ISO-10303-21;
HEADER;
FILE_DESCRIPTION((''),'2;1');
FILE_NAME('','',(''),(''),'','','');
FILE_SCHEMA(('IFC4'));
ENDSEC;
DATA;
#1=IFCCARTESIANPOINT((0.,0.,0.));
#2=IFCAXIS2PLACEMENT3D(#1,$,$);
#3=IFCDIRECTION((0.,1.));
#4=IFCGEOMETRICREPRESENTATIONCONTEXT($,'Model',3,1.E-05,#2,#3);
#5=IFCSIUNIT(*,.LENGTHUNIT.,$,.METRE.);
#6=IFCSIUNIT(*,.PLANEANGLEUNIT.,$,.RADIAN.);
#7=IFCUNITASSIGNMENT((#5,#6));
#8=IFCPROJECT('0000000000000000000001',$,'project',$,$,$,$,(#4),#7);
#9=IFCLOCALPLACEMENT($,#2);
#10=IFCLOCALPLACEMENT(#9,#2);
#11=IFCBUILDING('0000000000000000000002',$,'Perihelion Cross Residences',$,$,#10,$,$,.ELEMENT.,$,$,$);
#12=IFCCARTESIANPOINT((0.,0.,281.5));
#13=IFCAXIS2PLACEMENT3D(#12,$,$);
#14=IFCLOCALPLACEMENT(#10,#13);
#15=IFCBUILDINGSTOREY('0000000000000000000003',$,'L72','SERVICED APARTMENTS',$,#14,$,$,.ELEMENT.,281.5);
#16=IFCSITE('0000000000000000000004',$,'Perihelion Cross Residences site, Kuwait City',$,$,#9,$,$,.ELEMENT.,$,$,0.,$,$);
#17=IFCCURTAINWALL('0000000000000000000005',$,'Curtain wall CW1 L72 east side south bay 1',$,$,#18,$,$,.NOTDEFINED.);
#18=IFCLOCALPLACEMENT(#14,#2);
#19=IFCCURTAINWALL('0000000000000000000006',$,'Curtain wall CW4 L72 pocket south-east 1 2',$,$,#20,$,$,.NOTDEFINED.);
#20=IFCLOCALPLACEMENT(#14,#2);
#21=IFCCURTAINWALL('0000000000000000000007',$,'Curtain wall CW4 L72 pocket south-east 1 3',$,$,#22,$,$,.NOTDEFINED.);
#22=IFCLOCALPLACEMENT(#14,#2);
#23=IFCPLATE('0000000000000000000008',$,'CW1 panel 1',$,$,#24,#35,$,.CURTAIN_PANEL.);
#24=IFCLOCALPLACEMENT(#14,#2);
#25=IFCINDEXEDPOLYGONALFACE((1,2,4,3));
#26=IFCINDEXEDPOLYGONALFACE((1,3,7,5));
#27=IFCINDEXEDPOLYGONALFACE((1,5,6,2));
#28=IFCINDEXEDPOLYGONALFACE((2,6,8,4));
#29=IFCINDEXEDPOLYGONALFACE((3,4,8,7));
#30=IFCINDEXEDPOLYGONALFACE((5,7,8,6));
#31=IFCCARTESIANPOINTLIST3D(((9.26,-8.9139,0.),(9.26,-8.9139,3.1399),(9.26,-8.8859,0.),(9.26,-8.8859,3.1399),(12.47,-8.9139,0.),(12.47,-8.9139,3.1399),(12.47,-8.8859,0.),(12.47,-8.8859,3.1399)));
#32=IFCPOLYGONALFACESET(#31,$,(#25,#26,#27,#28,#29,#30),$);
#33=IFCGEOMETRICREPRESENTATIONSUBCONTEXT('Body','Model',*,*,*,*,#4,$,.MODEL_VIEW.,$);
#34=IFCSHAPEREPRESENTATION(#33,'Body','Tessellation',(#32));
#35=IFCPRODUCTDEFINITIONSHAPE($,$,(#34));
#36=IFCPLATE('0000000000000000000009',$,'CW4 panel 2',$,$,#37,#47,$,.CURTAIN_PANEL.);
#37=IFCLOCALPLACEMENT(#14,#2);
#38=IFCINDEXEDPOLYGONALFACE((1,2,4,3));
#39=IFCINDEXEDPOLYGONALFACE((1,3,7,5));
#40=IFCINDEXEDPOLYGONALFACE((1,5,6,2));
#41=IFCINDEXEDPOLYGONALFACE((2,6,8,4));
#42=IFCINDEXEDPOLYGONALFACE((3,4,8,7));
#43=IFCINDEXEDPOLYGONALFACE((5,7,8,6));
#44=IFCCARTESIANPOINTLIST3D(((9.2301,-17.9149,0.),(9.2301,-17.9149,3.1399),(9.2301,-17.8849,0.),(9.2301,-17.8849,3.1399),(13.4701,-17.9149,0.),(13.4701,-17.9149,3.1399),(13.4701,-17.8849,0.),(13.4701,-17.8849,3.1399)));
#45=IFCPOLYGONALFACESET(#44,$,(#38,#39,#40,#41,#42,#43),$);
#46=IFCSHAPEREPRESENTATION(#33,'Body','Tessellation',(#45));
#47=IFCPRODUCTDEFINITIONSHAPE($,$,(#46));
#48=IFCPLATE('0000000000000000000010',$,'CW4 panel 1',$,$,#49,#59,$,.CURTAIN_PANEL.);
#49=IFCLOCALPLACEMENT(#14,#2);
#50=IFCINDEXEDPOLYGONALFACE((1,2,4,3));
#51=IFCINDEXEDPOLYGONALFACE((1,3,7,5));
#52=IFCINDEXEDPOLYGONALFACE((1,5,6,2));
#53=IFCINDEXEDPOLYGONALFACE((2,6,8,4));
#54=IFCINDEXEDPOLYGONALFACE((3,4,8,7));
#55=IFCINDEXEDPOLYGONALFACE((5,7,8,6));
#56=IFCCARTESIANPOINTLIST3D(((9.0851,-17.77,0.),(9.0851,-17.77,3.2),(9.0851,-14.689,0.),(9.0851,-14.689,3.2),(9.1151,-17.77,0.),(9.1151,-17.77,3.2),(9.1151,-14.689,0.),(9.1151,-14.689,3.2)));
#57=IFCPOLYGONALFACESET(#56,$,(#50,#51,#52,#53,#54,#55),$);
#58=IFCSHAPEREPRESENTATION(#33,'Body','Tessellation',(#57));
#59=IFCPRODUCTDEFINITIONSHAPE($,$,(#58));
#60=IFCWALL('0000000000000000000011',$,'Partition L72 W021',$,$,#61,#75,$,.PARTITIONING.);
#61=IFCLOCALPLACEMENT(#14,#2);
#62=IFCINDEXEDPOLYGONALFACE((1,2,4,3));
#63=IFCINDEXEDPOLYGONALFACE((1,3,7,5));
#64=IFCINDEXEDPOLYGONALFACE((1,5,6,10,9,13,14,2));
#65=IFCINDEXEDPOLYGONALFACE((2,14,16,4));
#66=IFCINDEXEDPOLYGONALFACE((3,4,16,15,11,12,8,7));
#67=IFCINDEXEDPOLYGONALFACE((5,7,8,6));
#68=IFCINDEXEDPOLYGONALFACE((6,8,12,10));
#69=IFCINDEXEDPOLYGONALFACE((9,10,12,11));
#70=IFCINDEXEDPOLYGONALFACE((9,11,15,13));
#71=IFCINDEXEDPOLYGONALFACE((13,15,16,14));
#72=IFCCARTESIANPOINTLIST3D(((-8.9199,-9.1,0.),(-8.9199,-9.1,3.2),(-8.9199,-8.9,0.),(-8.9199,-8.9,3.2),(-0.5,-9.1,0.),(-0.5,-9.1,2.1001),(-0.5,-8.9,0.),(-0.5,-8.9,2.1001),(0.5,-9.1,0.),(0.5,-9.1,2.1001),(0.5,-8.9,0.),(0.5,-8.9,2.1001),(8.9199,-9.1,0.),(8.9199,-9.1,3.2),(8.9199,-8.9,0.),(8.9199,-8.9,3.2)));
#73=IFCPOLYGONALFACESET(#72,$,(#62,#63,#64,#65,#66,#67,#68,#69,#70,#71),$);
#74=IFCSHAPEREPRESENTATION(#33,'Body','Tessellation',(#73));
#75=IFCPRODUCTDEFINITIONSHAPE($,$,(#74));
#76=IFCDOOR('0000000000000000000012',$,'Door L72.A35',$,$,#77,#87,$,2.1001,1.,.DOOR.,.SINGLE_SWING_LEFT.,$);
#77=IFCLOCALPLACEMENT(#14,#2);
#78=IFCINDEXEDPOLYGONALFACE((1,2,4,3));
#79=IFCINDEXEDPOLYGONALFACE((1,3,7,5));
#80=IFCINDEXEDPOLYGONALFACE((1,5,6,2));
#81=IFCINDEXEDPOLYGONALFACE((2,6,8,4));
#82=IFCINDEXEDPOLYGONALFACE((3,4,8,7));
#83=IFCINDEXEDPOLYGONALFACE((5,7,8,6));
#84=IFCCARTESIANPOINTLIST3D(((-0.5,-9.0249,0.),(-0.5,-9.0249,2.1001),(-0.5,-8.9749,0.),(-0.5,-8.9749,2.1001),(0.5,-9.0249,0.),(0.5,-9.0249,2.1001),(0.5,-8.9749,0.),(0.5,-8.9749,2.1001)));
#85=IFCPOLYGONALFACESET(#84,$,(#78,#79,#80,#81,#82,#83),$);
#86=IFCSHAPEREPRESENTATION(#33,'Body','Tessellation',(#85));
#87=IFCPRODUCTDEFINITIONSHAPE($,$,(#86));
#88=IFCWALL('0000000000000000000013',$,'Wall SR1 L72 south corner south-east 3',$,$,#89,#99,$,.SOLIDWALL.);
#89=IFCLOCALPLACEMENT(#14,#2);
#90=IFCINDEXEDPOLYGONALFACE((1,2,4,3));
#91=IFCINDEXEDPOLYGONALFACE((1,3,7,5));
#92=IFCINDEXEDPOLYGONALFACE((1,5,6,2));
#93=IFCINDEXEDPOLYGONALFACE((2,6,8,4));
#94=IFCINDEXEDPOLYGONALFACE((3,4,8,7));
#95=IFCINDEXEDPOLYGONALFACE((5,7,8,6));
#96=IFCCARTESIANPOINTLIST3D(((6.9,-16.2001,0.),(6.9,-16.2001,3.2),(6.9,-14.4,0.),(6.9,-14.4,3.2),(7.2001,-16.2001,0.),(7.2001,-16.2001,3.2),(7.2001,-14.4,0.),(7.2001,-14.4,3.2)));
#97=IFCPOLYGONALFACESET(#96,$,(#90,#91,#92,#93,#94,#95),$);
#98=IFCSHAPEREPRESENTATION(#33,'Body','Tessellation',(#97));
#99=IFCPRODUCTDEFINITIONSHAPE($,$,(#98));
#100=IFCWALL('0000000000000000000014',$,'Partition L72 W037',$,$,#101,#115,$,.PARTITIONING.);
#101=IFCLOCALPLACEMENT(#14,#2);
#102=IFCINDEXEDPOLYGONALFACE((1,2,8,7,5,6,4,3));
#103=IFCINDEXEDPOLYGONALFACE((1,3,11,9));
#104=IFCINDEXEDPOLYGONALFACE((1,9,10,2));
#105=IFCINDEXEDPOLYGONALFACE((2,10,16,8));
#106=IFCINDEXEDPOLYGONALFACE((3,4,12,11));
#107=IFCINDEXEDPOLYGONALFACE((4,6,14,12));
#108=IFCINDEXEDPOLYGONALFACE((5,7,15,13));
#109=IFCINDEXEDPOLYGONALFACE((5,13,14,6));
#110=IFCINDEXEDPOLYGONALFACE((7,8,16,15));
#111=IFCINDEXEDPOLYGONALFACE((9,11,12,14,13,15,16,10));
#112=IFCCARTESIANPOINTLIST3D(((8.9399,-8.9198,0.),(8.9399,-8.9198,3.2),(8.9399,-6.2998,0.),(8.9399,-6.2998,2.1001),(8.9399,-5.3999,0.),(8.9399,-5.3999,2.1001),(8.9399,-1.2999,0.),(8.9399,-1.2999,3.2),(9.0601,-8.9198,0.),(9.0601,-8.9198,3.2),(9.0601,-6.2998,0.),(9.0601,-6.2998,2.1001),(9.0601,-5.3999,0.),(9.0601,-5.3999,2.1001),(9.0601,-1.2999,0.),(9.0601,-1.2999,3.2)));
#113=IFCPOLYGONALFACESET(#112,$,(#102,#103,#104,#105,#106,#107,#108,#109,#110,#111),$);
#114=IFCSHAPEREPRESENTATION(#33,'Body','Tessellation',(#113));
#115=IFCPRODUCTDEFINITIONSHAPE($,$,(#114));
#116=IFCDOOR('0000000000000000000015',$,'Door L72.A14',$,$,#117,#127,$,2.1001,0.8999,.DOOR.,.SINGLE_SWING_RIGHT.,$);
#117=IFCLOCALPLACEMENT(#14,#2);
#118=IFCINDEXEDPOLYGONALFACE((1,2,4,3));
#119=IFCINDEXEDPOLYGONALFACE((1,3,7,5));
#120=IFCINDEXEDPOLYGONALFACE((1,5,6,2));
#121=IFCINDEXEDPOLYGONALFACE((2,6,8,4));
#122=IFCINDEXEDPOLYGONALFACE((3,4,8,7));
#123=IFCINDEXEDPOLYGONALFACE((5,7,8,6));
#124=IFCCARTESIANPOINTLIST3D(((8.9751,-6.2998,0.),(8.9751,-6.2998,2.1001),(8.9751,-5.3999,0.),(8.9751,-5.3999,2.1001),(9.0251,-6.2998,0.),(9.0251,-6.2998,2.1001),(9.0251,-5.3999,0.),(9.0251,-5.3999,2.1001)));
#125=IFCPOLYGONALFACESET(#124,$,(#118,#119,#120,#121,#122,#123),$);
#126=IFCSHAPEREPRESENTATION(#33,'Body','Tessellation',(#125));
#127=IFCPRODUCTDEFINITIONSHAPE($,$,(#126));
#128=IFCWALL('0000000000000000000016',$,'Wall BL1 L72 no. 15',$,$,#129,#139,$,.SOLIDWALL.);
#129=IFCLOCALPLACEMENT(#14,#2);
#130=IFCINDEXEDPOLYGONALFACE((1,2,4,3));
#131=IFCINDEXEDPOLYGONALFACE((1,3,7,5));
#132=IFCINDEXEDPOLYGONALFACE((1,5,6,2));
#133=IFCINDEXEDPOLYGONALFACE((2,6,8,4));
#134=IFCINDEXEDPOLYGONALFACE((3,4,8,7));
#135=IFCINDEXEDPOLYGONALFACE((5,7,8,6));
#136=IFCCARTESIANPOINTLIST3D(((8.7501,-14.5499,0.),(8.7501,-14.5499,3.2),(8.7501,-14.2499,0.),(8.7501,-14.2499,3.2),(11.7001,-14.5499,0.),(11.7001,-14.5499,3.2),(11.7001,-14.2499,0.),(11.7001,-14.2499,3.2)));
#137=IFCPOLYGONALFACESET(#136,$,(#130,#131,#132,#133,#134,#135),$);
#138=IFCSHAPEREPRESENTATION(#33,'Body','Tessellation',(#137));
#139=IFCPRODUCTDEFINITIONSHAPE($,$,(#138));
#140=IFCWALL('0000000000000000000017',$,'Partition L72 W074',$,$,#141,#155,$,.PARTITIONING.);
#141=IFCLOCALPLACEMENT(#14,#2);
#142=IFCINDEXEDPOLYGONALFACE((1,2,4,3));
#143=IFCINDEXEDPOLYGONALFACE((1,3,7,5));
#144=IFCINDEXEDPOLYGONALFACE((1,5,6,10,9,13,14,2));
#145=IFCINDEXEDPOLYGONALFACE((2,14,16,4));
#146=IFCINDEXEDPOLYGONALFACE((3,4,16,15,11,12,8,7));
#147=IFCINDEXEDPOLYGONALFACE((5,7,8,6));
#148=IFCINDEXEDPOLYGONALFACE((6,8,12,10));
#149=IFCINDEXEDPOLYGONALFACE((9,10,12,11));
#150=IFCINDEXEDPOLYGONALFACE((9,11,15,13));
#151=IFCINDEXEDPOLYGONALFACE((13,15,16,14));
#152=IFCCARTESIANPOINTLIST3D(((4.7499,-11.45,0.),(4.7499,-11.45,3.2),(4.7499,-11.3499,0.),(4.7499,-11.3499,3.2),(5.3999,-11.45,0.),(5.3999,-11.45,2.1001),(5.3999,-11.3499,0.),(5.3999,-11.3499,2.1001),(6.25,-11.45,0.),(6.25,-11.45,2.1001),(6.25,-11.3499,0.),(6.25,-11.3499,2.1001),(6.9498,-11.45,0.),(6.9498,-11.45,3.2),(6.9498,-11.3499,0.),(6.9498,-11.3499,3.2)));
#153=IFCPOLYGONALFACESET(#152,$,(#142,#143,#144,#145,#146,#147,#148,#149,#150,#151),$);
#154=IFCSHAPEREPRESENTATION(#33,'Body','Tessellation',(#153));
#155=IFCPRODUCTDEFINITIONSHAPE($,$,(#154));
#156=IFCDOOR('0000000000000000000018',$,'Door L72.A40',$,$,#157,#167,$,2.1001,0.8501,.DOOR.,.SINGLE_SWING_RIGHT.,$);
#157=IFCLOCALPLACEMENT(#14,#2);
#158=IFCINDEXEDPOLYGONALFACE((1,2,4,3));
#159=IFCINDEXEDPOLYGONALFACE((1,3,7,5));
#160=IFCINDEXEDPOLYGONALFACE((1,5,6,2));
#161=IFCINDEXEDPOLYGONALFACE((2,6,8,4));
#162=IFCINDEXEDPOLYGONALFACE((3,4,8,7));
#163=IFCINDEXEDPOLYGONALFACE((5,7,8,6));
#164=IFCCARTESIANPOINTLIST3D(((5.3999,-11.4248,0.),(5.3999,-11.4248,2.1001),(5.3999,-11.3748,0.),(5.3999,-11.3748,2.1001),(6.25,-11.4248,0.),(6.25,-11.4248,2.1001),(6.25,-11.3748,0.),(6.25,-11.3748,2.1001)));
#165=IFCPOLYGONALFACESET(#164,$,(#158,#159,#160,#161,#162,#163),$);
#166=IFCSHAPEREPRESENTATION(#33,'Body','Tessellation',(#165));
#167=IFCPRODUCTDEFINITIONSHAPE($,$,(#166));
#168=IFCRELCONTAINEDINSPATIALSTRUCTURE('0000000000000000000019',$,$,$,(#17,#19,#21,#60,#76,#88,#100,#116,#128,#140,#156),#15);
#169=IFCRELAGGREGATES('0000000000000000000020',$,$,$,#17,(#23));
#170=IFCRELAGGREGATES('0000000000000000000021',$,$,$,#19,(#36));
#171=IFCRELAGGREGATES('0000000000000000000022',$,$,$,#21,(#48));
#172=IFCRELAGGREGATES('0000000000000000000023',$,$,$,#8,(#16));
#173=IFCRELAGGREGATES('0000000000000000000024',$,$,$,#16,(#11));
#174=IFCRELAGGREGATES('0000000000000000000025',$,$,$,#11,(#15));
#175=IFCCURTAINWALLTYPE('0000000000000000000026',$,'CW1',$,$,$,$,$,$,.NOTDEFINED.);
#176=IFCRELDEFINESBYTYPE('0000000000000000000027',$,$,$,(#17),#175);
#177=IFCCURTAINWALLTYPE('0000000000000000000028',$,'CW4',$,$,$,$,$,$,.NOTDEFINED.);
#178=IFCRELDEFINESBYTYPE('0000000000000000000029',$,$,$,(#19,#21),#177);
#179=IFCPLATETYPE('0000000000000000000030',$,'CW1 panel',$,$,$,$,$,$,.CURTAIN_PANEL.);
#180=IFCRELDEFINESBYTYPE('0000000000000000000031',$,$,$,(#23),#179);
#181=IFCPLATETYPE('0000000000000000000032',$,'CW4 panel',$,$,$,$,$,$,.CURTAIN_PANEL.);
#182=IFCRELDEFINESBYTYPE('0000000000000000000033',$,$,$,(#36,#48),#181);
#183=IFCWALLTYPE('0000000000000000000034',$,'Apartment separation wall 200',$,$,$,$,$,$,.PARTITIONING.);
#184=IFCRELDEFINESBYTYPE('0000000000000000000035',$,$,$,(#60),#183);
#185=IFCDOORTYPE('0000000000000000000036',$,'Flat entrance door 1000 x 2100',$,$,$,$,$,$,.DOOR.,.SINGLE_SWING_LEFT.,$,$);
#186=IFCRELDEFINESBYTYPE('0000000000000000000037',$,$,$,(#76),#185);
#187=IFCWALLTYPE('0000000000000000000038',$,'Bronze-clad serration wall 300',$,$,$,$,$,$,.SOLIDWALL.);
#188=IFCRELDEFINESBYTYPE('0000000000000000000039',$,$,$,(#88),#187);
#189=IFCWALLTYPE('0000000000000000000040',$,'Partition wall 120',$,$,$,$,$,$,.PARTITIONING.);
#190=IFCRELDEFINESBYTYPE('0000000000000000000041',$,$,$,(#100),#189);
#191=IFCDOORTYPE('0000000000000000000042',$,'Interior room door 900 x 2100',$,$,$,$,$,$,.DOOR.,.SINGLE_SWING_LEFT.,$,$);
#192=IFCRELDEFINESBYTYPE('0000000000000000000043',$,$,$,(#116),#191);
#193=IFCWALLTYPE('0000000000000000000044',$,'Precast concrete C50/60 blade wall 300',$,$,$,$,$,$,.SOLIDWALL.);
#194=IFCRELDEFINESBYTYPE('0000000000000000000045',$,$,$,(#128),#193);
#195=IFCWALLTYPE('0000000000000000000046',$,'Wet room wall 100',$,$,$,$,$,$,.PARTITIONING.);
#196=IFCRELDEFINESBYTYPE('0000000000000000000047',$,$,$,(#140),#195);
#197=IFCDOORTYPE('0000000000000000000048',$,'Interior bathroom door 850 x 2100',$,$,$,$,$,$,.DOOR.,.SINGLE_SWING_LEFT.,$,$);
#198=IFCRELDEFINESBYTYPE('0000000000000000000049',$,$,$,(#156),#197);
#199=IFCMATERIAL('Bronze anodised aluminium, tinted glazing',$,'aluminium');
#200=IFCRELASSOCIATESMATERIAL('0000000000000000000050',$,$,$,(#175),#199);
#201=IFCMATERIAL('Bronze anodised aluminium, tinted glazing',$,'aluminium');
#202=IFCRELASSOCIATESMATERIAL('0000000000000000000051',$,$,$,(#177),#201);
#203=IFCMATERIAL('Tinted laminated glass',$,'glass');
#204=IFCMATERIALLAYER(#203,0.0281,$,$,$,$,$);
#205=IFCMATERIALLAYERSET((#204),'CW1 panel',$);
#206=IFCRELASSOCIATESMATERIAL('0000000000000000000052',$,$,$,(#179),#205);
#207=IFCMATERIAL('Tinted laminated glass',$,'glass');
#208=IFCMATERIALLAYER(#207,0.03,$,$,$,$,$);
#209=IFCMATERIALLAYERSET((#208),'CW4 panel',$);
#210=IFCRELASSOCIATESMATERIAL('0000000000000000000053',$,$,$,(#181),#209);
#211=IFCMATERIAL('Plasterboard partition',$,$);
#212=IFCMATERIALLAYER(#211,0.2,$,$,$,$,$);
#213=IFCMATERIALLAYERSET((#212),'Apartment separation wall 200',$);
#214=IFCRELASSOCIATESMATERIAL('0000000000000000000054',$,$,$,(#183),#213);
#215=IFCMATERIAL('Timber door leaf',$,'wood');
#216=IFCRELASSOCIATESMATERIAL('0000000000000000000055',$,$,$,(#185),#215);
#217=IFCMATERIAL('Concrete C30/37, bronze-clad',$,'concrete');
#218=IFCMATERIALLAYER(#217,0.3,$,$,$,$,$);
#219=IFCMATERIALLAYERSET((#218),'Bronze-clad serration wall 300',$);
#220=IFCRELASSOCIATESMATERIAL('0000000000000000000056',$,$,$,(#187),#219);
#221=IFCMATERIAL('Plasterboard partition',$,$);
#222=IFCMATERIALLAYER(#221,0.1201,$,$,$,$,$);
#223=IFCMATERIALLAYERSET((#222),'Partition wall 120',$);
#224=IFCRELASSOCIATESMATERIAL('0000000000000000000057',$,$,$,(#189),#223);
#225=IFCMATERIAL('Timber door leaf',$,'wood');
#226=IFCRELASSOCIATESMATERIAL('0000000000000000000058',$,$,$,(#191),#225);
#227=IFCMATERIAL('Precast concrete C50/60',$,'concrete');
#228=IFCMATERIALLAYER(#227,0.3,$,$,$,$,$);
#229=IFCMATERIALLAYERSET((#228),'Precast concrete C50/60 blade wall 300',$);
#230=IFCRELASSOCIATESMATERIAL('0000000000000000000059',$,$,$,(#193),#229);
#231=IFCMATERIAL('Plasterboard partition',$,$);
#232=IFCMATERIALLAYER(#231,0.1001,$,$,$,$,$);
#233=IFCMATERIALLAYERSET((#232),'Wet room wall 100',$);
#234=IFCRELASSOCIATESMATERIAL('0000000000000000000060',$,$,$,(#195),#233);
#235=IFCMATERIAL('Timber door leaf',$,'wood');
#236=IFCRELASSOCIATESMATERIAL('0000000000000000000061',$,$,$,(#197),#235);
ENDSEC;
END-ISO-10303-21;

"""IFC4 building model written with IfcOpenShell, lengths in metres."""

from ifc_helpers import new_model, si_unit, direction, frame, frame_2d, origin, origin_2d, place, context, subcontext, project, spatial, rectangle, extrude, material, layer, layer_set, type_object, element, fill, aggregate, save


model = new_model("IFC4")

# Units and contexts
model_context = context("Model", 3, precision=1e-05, world=origin(), true_north=direction((0.0, 1.0)))
body_context = subcontext(model_context, "Body", "Model", "MODEL_VIEW")
ifc_project = project(units=[si_unit("LENGTHUNIT", "METRE"), si_unit("PLANEANGLEUNIT", "RADIAN")], contexts=[model_context])

# Site, building, storey
site_placement = place(None, origin())
site = spatial("IfcSite", under=ifc_project, at=site_placement, Name="Perihelion Cross Residences site, Kuwait City", CompositionType="ELEMENT", RefElevation=0.0)
building_placement = place(site_placement, origin())
building = spatial("IfcBuilding", under=site, at=building_placement, Name="Perihelion Cross Residences", CompositionType="ELEMENT")
storey_placement = place(building_placement, frame((0.0, 0.0, 281.5)))
storey = spatial("IfcBuildingStorey", under=building, at=storey_placement, Name="L72", Description="SERVICED APARTMENTS", CompositionType="ELEMENT", Elevation=281.5)

# Shared definitions
ifc_material_1 = material(Name="Bronze anodised aluminium, tinted glazing", Category="aluminium")
curtain_wall_type_1 = type_object("IfcCurtainWallType", Name="CW1", PredefinedType="NOTDEFINED", material=ifc_material_1)

# Curtain walls
curtain_wall_1_placement = place(storey_placement, origin())
curtain_wall_1 = element("IfcCurtainWall", 1, at=curtain_wall_1_placement, inside=storey, type_object=curtain_wall_type_1, Name="Curtain wall CW1 L72 east side south bay 1", PredefinedType="NOTDEFINED")
ifc_material_2 = material(Name="Bronze anodised aluminium, tinted glazing", Category="aluminium")
curtain_wall_type_2 = type_object("IfcCurtainWallType", Name="CW4", PredefinedType="NOTDEFINED", material=ifc_material_2)
curtain_wall_2_placement = place(storey_placement, origin())
curtain_wall_2 = element("IfcCurtainWall", 2, at=curtain_wall_2_placement, inside=storey, type_object=curtain_wall_type_2, Name="Curtain wall CW4 L72 pocket south-east 1 2", PredefinedType="NOTDEFINED")
curtain_wall_3_placement = place(storey_placement, origin())
curtain_wall_3 = element("IfcCurtainWall", 3, at=curtain_wall_3_placement, inside=storey, type_object=curtain_wall_type_2, Name="Curtain wall CW4 L72 pocket south-east 1 3", PredefinedType="NOTDEFINED")

# Plates
ifc_material_3 = material(Name="Tinted laminated glass", Category="glass")
ifc_layer_1 = layer(ifc_material_3, 0.0281)
ifc_layer_set_1 = layer_set([ifc_layer_1], Name="CW1 panel")
plate_type_1 = type_object("IfcPlateType", Name="CW1 panel", PredefinedType="CURTAIN_PANEL", material=ifc_layer_set_1)
plate_1_placement = place(storey_placement, frame((10.865, -8.8999, 0.0), z_axis=(0.0, 0.0, 1.0), x_axis=(1.0, 0.0, 0.0)))
plate_1 = element("IfcPlate", 4, at=plate_1_placement, type_object=plate_type_1, Name="CW1 panel 1", PredefinedType="CURTAIN_PANEL", context=body_context, shape_type="SweptSolid", body=[
    extrude(rectangle(XDim=3.21, YDim=0.0281, at=origin_2d()), origin(), (0.0, 0.0, 1.0), 3.1399),
])
aggregate(curtain_wall_1, [plate_1])
ifc_material_4 = material(Name="Tinted laminated glass", Category="glass")
ifc_layer_2 = layer(ifc_material_4, 0.03)
ifc_layer_set_2 = layer_set([ifc_layer_2], Name="CW4 panel")
plate_type_2 = type_object("IfcPlateType", Name="CW4 panel", PredefinedType="CURTAIN_PANEL", material=ifc_layer_set_2)
plate_2_placement = place(storey_placement, frame((11.3501, -17.8999, 0.0), z_axis=(0.0, 0.0, 1.0), x_axis=(-1.0, 0.0, 0.0)))
plate_2 = element("IfcPlate", 5, at=plate_2_placement, type_object=plate_type_2, Name="CW4 panel 2", PredefinedType="CURTAIN_PANEL", context=body_context, shape_type="SweptSolid", body=[
    extrude(rectangle(XDim=4.24, YDim=0.03, at=origin_2d()), origin(), (0.0, 0.0, 1.0), 3.1399),
])
aggregate(curtain_wall_2, [plate_2])
plate_3_placement = place(storey_placement, frame((9.1001, -16.2295, 0.0), z_axis=(0.0, 0.0, 1.0), x_axis=(0.0, 1.0, 0.0)))
plate_3 = element("IfcPlate", 6, at=plate_3_placement, type_object=plate_type_2, Name="CW4 panel 1", PredefinedType="CURTAIN_PANEL", context=body_context, shape_type="SweptSolid", body=[
    extrude(rectangle(XDim=3.0811, YDim=0.03, at=origin_2d()), origin(), (0.0, 0.0, 1.0), 3.2),
])
aggregate(curtain_wall_3, [plate_3])

# Wall, opening, door
ifc_material_5 = material(Name="Plasterboard partition")
ifc_layer_3 = layer(ifc_material_5, 0.2)
ifc_layer_set_3 = layer_set([ifc_layer_3], Name="Apartment separation wall 200")
wall_type_1 = type_object("IfcWallType", Name="Apartment separation wall 200", PredefinedType="PARTITIONING", material=ifc_layer_set_3)
wall_1_placement = place(storey_placement, frame((8.9199, -9.0, 0.0), z_axis=(0.0, 0.0, 1.0), x_axis=(-1.0, 0.0, 0.0)))
wall_1 = element("IfcWall", 7, at=wall_1_placement, inside=storey, type_object=wall_type_1, Name="Partition L72 W021", PredefinedType="PARTITIONING", context=body_context, shape_type="SweptSolid", body=[
    extrude(rectangle(XDim=17.8398, YDim=0.2, at=frame_2d((8.9199, 0.0))), origin(), (0.0, 0.0, 1.0), 3.2),
])
opening_1_placement = place(wall_1_placement, frame((8.4199, 0.0, 0.0)))
opening_1 = element("IfcOpeningElement", 8, at=opening_1_placement, cuts=wall_1, PredefinedType="OPENING", context=body_context, shape_type="SweptSolid", body=[
    extrude(rectangle(XDim=1.0, YDim=2.1001, at=frame_2d((0.5, 1.05))), frame((0.0, 0.1099, 0.0), z_axis=(0.0, -1.0, 0.0), x_axis=(1.0, 0.0, 0.0)), (0.0, 0.0, 1.0), 0.22),
])
ifc_material_6 = material(Name="Timber door leaf", Category="wood")
door_type_1 = type_object("IfcDoorType", Name="Flat entrance door 1000 x 2100", OperationType="SINGLE_SWING_LEFT", PredefinedType="DOOR", material=ifc_material_6)
door_1_placement = place(opening_1_placement, origin())
door_1 = element("IfcDoor", 9, at=door_1_placement, inside=storey, type_object=door_type_1, Name="Door L72.A35", OperationType="SINGLE_SWING_LEFT", OverallHeight=2.1001, OverallWidth=1.0, PredefinedType="DOOR", context=body_context, shape_type="SweptSolid", body=[
    extrude(rectangle(XDim=1.0, YDim=2.1001, at=frame_2d((0.5, 1.05))), frame((0.0, 0.0249, 0.0), z_axis=(0.0, -1.0, 0.0), x_axis=(1.0, 0.0, 0.0)), (0.0, 0.0, 1.0), 0.05),
])
fill(opening_1, door_1)

# Wall
ifc_material_7 = material(Name="Concrete C30/37, bronze-clad", Category="concrete")
ifc_layer_4 = layer(ifc_material_7, 0.3)
ifc_layer_set_4 = layer_set([ifc_layer_4], Name="Bronze-clad serration wall 300")
wall_type_2 = type_object("IfcWallType", Name="Bronze-clad serration wall 300", PredefinedType="SOLIDWALL", material=ifc_layer_set_4)
wall_2_placement = place(storey_placement, frame((7.05, -16.2, 0.0), z_axis=(0.0, 0.0, 1.0), x_axis=(0.0, 1.0, 0.0)))
element("IfcWall", 10, at=wall_2_placement, inside=storey, type_object=wall_type_2, Name="Wall SR1 L72 south corner south-east 3", PredefinedType="SOLIDWALL", context=body_context, shape_type="SweptSolid", body=[
    extrude(rectangle(XDim=1.8, YDim=0.3, at=frame_2d((0.8999, 0.0))), origin(), (0.0, 0.0, 1.0), 3.2),
])

# Wall, opening, door
ifc_material_8 = material(Name="Plasterboard partition")
ifc_layer_5 = layer(ifc_material_8, 0.1201)
ifc_layer_set_5 = layer_set([ifc_layer_5], Name="Partition wall 120")
wall_type_3 = type_object("IfcWallType", Name="Partition wall 120", PredefinedType="PARTITIONING", material=ifc_layer_set_5)
wall_3_placement = place(storey_placement, frame((9.0, -8.9199, 0.0), z_axis=(0.0, 0.0, 1.0), x_axis=(0.0, 1.0, 0.0)))
wall_3 = element("IfcWall", 11, at=wall_3_placement, inside=storey, type_object=wall_type_3, Name="Partition L72 W037", PredefinedType="PARTITIONING", context=body_context, shape_type="SweptSolid", body=[
    extrude(rectangle(XDim=7.6199, YDim=0.1201, at=frame_2d((3.8101, 0.0))), origin(), (0.0, 0.0, 1.0), 3.2),
])
opening_2_placement = place(wall_3_placement, frame((2.6201, 0.0, 0.0)))
opening_2 = element("IfcOpeningElement", 12, at=opening_2_placement, cuts=wall_3, PredefinedType="OPENING", context=body_context, shape_type="SweptSolid", body=[
    extrude(rectangle(XDim=0.8999, YDim=2.1001, at=frame_2d((0.45, 1.05))), frame((0.0, 0.0701, 0.0), z_axis=(0.0, -1.0, 0.0), x_axis=(1.0, 0.0, 0.0)), (0.0, 0.0, 1.0), 0.1401),
])
ifc_material_9 = material(Name="Timber door leaf", Category="wood")
door_type_2 = type_object("IfcDoorType", Name="Interior room door 900 x 2100", OperationType="SINGLE_SWING_LEFT", PredefinedType="DOOR", material=ifc_material_9)
door_2_placement = place(opening_2_placement, origin())
door_2 = element("IfcDoor", 13, at=door_2_placement, inside=storey, type_object=door_type_2, Name="Door L72.A14", OperationType="SINGLE_SWING_RIGHT", OverallHeight=2.1001, OverallWidth=0.8999, PredefinedType="DOOR", context=body_context, shape_type="SweptSolid", body=[
    extrude(rectangle(XDim=0.8999, YDim=2.1001, at=frame_2d((0.45, 1.05))), frame((0.0, 0.0249, 0.0), z_axis=(0.0, -1.0, 0.0), x_axis=(1.0, 0.0, 0.0)), (0.0, 0.0, 1.0), 0.05),
])
fill(opening_2, door_2)

# Wall
ifc_material_10 = material(Name="Precast concrete C50/60", Category="concrete")
ifc_layer_6 = layer(ifc_material_10, 0.3)
ifc_layer_set_6 = layer_set([ifc_layer_6], Name="Precast concrete C50/60 blade wall 300")
wall_type_4 = type_object("IfcWallType", Name="Precast concrete C50/60 blade wall 300", PredefinedType="SOLIDWALL", material=ifc_layer_set_6)
wall_4_placement = place(storey_placement, frame((8.75, -14.3999, 0.0), z_axis=(0.0, 0.0, 1.0), x_axis=(1.0, 0.0, 0.0)))
element("IfcWall", 14, at=wall_4_placement, inside=storey, type_object=wall_type_4, Name="Wall BL1 L72 no. 15", PredefinedType="SOLIDWALL", context=body_context, shape_type="SweptSolid", body=[
    extrude(rectangle(XDim=2.95, YDim=0.3, at=frame_2d((1.4751, 0.0))), origin(), (0.0, 0.0, 1.0), 3.2),
])

# Wall, opening, door
ifc_material_11 = material(Name="Plasterboard partition")
ifc_layer_7 = layer(ifc_material_11, 0.1001)
ifc_layer_set_7 = layer_set([ifc_layer_7], Name="Wet room wall 100")
wall_type_5 = type_object("IfcWallType", Name="Wet room wall 100", PredefinedType="PARTITIONING", material=ifc_layer_set_7)
wall_5_placement = place(storey_placement, frame((6.95, -11.3999, 0.0), z_axis=(0.0, 0.0, 1.0), x_axis=(-1.0, 0.0, 0.0)))
wall_5 = element("IfcWall", 15, at=wall_5_placement, inside=storey, type_object=wall_type_5, Name="Partition L72 W074", PredefinedType="PARTITIONING", context=body_context, shape_type="SweptSolid", body=[
    extrude(rectangle(XDim=2.2, YDim=0.1001, at=frame_2d((1.1001, 0.0))), origin(), (0.0, 0.0, 1.0), 3.2),
])
opening_3_placement = place(wall_5_placement, frame((0.7, 0.0, 0.0)))
opening_3 = element("IfcOpeningElement", 16, at=opening_3_placement, cuts=wall_5, PredefinedType="OPENING", context=body_context, shape_type="SweptSolid", body=[
    extrude(rectangle(XDim=0.8501, YDim=2.1001, at=frame_2d((0.425, 1.05))), frame((0.0, 0.0601, 0.0), z_axis=(0.0, -1.0, 0.0), x_axis=(1.0, 0.0, 0.0)), (0.0, 0.0, 1.0), 0.1201),
])
ifc_material_12 = material(Name="Timber door leaf", Category="wood")
door_type_3 = type_object("IfcDoorType", Name="Interior bathroom door 850 x 2100", OperationType="SINGLE_SWING_LEFT", PredefinedType="DOOR", material=ifc_material_12)
door_3_placement = place(opening_3_placement, origin())
door_3 = element("IfcDoor", 17, at=door_3_placement, inside=storey, type_object=door_type_3, Name="Door L72.A40", OperationType="SINGLE_SWING_RIGHT", OverallHeight=2.1001, OverallWidth=0.8501, PredefinedType="DOOR", context=body_context, shape_type="SweptSolid", body=[
    extrude(rectangle(XDim=0.8501, YDim=2.1001, at=frame_2d((0.425, 1.05))), frame((0.0, 0.0249, 0.0), z_axis=(0.0, -1.0, 0.0), x_axis=(1.0, 0.0, 0.0)), (0.0, 0.0, 1.0), 0.05),
])
fill(opening_3, door_3)

save(model, "model.ifc")
